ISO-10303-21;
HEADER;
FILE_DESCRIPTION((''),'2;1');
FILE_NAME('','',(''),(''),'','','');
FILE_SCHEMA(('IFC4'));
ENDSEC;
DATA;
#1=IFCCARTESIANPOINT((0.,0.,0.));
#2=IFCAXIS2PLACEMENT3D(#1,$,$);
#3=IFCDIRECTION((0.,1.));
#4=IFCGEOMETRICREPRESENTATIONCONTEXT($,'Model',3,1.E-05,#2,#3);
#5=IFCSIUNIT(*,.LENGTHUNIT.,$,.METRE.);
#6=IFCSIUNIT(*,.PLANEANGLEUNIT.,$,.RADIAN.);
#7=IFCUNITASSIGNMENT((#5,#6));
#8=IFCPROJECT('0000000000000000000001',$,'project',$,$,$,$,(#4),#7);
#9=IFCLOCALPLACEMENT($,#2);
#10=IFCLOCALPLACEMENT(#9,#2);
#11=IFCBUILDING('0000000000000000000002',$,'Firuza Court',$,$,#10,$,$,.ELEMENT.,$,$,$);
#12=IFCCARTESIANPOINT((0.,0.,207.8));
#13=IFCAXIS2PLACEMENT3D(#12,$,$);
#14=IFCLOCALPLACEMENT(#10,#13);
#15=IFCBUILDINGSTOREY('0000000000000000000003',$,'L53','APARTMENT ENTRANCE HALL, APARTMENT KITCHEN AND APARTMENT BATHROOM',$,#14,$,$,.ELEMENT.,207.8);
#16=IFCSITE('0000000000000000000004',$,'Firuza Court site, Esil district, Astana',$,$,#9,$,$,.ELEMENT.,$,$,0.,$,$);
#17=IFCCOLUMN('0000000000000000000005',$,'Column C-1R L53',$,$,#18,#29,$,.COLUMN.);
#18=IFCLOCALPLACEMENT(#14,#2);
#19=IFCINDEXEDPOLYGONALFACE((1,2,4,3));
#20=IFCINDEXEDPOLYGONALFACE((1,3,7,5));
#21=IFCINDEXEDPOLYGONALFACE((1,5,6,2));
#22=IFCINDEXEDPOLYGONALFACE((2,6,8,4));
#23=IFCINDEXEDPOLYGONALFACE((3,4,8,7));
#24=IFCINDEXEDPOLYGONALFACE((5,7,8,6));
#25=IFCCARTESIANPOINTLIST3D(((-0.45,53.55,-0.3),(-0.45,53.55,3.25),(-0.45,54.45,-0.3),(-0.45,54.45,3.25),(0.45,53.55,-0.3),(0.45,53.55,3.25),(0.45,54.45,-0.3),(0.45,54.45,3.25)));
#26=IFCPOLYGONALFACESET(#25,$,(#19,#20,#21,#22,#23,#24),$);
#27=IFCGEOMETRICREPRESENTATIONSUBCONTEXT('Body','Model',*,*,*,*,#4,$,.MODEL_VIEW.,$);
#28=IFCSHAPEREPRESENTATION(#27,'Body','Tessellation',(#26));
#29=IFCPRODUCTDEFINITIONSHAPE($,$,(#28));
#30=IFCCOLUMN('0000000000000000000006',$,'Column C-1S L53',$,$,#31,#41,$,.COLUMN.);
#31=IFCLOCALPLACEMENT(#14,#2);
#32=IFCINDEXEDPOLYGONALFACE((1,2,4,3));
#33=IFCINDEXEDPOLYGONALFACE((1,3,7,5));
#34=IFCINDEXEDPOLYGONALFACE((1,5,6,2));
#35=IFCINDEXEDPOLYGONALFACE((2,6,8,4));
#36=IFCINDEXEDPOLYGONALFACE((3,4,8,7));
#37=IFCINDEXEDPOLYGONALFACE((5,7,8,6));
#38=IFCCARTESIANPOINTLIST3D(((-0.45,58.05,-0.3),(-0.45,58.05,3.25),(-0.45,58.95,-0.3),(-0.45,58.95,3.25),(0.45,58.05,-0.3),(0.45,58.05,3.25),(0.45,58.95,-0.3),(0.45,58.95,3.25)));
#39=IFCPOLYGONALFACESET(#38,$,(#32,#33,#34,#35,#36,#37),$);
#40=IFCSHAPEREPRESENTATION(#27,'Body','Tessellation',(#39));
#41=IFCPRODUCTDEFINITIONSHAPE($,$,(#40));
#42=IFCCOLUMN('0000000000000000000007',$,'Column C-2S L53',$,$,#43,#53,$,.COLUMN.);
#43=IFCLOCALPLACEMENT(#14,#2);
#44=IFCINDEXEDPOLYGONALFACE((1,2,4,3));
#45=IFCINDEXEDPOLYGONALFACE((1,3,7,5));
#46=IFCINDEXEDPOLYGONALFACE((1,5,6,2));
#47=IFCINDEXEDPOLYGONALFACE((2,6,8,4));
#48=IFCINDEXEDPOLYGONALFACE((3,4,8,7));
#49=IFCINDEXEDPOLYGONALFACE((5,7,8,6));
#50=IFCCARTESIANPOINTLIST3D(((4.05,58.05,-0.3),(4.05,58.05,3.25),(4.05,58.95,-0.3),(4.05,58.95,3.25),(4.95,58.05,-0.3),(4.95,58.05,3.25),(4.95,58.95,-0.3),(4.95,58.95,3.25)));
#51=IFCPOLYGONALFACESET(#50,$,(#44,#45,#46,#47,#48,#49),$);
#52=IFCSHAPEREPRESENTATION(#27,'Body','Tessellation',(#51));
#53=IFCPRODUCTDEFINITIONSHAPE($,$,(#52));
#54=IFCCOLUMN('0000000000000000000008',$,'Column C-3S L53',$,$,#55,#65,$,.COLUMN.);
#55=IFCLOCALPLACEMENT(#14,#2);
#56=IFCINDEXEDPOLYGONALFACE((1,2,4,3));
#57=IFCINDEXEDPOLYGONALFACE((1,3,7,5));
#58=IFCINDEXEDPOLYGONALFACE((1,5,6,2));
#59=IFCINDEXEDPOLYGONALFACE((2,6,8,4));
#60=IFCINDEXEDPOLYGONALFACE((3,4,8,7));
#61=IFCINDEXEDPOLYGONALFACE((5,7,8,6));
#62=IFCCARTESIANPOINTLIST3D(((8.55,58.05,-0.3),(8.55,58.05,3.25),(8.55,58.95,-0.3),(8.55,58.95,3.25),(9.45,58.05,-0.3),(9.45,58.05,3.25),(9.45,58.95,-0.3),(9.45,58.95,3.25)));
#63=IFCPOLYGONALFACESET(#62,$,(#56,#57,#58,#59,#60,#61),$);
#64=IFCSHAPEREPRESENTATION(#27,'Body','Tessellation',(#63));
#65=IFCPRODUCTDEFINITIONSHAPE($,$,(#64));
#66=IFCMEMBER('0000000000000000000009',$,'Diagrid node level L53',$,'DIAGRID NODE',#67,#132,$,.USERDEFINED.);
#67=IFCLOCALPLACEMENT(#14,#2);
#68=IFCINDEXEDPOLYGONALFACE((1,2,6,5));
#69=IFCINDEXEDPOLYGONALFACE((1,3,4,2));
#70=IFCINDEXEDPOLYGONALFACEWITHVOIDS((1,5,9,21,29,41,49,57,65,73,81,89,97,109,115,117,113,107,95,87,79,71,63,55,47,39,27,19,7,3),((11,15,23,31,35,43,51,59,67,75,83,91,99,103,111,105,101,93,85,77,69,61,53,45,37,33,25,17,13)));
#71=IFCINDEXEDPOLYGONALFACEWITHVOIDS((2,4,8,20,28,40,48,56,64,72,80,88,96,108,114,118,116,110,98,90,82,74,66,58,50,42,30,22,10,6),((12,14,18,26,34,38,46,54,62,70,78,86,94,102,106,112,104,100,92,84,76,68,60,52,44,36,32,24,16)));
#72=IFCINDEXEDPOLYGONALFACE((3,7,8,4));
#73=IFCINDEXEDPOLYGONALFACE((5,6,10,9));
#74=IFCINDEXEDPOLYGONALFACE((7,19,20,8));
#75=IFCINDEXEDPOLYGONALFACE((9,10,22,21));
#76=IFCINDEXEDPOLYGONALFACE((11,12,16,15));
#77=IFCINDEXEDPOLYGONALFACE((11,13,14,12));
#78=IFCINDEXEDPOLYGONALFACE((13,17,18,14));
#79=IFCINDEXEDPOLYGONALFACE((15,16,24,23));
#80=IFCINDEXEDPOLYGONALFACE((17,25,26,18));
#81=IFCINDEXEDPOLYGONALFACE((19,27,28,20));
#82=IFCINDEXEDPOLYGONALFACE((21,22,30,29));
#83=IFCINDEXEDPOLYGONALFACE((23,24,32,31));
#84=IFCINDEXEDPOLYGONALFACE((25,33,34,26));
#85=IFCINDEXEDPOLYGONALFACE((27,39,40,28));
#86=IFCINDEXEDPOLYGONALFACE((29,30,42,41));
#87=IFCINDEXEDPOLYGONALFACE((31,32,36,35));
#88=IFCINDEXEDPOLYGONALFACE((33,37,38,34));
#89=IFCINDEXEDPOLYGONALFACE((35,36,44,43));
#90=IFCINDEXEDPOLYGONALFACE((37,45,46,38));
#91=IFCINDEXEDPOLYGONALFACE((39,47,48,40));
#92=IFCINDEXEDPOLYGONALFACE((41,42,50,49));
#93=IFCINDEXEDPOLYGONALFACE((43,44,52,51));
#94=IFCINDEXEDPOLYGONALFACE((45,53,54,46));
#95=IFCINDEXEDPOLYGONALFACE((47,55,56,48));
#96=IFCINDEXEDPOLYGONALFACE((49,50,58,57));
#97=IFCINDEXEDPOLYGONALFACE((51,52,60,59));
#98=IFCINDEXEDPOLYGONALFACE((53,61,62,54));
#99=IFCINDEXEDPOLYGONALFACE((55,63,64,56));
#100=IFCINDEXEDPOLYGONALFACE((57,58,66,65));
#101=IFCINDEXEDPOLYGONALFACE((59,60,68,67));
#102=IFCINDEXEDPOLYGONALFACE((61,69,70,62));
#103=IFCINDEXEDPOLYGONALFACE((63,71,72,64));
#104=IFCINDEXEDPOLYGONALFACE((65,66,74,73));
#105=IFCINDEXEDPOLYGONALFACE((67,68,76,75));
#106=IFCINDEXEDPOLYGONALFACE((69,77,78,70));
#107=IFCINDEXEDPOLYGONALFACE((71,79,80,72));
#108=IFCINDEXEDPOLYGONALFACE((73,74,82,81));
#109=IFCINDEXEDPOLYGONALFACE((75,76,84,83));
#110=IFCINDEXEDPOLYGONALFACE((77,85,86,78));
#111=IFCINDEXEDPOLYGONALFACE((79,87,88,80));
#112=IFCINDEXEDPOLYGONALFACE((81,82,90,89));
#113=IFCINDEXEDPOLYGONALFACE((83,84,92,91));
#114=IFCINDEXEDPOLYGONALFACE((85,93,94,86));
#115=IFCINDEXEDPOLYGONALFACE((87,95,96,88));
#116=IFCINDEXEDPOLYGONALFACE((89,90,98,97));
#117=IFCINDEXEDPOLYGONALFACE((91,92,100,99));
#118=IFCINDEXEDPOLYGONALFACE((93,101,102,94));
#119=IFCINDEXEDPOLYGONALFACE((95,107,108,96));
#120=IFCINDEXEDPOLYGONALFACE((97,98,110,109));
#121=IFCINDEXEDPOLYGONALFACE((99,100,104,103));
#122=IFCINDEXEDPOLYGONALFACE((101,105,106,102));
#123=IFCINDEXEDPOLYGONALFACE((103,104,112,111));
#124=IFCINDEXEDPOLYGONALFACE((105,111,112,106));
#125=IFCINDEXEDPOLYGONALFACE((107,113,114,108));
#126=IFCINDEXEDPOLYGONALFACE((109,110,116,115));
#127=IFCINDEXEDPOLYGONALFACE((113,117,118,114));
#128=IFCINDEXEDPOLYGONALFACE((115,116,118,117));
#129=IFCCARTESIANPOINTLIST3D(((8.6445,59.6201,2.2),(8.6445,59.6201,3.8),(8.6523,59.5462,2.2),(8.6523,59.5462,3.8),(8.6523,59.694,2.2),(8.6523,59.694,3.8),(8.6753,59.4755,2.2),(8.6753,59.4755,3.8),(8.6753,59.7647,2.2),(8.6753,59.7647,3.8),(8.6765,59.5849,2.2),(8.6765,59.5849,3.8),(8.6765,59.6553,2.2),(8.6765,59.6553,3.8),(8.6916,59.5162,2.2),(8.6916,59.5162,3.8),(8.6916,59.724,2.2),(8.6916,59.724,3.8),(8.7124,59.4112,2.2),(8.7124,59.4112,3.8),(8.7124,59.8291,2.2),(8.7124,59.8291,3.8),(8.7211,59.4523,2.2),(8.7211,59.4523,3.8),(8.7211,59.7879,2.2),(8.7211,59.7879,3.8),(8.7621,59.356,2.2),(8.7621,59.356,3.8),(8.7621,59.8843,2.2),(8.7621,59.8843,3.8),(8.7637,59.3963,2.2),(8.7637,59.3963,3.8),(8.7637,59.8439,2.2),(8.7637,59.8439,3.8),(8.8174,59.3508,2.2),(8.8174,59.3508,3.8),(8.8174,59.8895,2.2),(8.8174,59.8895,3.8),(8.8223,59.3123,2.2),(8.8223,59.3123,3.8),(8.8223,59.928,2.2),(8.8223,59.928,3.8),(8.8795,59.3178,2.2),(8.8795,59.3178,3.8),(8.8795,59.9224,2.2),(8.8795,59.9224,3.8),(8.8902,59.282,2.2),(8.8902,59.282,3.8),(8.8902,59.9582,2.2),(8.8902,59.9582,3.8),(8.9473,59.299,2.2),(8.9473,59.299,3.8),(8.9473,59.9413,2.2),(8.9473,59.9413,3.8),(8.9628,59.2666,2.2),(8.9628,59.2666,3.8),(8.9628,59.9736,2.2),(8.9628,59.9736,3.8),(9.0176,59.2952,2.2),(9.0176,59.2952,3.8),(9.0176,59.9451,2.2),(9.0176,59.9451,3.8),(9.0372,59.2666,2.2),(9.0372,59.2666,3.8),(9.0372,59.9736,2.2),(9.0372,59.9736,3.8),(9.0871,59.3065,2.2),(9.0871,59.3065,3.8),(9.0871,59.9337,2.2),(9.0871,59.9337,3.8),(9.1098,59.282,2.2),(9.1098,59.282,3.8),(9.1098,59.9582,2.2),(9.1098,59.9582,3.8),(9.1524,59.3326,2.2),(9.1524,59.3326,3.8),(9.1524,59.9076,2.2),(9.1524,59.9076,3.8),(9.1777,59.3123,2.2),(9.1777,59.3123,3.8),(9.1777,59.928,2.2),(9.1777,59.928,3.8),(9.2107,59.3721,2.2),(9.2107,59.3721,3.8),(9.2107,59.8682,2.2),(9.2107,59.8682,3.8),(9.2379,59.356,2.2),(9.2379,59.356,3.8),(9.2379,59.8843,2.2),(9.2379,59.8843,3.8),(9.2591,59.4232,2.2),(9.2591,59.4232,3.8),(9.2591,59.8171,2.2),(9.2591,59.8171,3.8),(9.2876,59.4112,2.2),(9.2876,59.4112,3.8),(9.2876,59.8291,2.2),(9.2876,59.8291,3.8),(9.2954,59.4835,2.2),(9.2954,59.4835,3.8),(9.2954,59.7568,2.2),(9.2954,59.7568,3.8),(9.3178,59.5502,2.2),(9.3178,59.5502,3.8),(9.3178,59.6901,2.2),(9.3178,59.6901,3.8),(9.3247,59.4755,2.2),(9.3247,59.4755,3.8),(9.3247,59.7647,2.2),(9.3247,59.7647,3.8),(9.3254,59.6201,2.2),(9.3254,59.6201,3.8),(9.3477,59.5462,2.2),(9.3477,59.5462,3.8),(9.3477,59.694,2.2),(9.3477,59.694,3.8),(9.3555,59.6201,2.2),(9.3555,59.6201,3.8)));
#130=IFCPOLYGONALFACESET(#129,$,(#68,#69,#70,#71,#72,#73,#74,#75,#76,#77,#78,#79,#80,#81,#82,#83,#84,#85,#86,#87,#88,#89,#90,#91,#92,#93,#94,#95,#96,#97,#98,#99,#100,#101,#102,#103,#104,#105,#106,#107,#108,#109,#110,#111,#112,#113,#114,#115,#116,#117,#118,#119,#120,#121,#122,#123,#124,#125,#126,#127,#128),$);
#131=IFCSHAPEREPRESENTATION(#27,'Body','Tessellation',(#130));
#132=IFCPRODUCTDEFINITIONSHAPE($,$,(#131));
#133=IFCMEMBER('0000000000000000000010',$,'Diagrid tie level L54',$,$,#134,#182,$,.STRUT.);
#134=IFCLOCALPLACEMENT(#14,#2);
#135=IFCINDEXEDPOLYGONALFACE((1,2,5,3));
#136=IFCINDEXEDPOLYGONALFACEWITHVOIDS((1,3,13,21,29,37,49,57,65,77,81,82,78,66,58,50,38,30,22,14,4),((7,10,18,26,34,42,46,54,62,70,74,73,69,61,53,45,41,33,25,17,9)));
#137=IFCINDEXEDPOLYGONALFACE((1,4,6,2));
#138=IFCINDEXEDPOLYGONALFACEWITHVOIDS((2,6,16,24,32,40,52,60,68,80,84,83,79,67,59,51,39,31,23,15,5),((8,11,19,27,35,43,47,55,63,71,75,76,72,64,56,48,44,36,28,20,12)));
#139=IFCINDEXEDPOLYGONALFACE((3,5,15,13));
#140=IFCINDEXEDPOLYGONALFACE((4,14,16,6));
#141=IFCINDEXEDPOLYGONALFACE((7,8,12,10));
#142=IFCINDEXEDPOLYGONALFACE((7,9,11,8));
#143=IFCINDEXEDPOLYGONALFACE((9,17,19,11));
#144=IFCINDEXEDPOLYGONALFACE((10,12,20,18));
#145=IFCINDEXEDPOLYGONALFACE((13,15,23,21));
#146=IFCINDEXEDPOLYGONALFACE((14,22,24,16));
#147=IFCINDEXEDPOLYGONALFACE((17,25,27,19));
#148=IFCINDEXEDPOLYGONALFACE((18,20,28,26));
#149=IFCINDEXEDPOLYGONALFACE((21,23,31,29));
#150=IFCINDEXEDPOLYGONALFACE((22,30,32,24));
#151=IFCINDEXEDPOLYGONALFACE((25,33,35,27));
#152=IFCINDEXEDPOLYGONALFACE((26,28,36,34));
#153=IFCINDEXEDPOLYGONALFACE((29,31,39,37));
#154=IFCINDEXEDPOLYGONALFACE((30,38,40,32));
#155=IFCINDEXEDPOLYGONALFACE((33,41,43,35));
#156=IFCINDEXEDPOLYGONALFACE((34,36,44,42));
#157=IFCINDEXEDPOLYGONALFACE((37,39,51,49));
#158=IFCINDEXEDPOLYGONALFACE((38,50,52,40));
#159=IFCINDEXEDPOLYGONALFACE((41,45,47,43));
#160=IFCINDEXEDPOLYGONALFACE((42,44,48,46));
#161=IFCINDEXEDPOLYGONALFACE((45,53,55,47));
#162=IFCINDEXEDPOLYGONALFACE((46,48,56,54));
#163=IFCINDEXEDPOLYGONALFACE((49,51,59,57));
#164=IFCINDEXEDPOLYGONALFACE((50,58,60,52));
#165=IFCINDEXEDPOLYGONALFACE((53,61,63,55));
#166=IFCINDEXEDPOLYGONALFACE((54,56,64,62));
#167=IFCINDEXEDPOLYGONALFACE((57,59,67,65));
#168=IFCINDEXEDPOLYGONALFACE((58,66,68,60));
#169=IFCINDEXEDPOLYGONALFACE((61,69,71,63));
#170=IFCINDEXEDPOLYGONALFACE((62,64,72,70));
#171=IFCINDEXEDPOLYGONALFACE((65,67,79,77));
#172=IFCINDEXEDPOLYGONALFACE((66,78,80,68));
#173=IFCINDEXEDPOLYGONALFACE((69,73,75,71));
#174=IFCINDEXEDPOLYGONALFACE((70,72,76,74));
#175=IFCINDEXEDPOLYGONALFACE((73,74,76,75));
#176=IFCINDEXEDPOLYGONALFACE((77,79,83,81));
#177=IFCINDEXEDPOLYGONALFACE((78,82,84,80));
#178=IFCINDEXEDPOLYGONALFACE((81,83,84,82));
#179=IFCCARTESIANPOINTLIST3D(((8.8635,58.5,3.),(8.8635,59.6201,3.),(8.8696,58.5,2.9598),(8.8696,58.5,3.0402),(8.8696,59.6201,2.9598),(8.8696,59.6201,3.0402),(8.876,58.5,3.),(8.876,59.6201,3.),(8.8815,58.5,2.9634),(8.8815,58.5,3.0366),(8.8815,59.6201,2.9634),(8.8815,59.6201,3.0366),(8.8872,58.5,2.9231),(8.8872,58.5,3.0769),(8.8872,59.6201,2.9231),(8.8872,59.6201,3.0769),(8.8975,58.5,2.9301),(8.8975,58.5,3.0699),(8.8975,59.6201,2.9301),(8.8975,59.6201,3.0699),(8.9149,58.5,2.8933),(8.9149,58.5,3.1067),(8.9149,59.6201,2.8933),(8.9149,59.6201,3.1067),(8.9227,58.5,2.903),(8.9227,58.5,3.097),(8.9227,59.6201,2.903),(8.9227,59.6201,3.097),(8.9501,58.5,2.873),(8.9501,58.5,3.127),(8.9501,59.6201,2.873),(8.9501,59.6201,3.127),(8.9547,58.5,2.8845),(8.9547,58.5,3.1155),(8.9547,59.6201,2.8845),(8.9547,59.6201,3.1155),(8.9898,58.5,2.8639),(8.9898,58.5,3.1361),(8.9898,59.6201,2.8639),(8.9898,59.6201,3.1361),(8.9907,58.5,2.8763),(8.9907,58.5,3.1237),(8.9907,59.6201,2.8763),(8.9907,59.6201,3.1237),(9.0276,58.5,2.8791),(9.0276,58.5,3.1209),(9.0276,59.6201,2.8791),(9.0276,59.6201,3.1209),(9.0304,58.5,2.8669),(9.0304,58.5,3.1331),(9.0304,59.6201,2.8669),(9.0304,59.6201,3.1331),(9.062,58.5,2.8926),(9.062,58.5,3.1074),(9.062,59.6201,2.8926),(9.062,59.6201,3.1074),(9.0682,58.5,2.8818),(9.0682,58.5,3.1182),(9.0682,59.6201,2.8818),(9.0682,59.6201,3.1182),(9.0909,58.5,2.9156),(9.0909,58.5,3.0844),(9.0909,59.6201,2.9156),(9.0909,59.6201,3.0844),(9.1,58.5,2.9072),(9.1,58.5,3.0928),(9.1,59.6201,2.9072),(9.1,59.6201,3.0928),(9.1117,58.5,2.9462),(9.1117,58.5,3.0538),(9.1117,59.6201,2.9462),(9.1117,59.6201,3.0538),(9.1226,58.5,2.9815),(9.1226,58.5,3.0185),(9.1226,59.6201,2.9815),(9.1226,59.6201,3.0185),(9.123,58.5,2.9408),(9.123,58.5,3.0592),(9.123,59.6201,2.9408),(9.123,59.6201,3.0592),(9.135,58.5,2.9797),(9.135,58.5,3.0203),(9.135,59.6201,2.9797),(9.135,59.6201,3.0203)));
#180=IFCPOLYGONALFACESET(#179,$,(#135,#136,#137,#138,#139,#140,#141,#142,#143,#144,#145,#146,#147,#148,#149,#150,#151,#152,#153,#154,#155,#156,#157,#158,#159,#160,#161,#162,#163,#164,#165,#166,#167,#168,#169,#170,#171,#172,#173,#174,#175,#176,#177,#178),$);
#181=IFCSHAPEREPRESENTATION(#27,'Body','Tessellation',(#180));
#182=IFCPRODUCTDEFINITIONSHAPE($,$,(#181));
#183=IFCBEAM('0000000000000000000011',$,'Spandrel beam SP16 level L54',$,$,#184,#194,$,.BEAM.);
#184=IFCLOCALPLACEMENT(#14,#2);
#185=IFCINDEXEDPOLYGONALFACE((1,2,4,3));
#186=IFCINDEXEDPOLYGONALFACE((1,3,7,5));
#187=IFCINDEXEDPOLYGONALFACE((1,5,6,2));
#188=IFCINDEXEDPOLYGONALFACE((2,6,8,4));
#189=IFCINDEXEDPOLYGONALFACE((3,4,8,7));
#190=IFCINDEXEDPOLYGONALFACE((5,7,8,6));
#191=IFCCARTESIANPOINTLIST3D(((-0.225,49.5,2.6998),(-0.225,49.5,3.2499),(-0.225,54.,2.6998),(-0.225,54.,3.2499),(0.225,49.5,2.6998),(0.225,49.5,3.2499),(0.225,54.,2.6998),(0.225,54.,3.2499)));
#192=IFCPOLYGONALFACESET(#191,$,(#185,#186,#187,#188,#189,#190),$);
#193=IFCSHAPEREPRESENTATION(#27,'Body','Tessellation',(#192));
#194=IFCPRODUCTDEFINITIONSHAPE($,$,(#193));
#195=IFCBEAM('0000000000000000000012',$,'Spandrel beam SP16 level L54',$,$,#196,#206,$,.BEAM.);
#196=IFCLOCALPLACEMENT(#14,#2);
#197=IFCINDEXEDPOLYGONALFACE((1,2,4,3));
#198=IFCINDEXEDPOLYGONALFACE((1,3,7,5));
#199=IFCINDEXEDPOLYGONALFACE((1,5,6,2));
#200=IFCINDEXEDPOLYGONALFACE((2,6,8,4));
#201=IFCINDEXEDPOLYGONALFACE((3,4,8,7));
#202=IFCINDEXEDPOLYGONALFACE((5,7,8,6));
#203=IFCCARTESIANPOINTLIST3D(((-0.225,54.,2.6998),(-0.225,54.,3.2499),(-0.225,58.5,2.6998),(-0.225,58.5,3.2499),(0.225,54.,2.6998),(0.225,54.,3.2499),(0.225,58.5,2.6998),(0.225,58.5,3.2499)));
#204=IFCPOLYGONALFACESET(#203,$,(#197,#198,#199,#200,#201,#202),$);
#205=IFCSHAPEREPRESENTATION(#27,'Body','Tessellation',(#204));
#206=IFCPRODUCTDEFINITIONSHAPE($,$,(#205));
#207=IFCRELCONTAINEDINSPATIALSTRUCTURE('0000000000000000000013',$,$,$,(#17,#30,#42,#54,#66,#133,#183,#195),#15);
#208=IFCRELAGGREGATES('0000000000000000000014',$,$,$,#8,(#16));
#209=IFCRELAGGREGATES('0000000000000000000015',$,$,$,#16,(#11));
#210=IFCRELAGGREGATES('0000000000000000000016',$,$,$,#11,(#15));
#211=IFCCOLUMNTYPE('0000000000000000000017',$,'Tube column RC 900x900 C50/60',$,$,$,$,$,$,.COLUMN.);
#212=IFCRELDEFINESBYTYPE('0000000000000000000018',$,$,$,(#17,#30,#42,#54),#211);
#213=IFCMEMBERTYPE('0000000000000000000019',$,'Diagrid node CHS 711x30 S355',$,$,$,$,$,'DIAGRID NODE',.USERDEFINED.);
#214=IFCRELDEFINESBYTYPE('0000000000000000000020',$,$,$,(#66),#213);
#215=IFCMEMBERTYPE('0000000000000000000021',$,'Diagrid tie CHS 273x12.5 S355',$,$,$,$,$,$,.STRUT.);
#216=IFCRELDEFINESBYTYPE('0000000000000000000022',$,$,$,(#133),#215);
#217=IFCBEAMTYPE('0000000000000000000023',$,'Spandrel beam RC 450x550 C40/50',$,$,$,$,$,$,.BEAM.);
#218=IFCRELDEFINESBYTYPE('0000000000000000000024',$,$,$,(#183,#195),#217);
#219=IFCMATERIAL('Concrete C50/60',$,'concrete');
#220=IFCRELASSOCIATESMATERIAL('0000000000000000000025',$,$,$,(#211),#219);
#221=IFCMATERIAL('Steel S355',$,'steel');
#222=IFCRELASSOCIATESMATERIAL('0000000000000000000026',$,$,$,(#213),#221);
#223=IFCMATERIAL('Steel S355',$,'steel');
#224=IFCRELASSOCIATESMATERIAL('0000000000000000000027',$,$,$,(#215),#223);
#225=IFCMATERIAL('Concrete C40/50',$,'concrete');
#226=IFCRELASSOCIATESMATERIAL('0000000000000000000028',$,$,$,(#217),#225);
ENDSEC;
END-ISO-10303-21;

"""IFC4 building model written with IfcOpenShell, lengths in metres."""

from ifc_helpers import new_model, si_unit, direction, frame, origin, origin_2d, place, context, subcontext, project, spatial, rectangle, hollow_circle, extrude, material, material_profile, profile_set, type_object, element, save


model = new_model("IFC4")

# Units and contexts
model_context = context("Model", 3, precision=1e-05, world=origin(), true_north=direction((0.0, 1.0)))
body_context = subcontext(model_context, "Body", "Model", "MODEL_VIEW")
ifc_project = project(units=[si_unit("LENGTHUNIT", "METRE"), si_unit("PLANEANGLEUNIT", "RADIAN")], contexts=[model_context])

# Site, building, storey
site_placement = place(None, origin())
site = spatial("IfcSite", under=ifc_project, at=site_placement, Name="Firuza Court site, Esil district, Astana", CompositionType="ELEMENT", RefElevation=0.0)
building_placement = place(site_placement, origin())
building = spatial("IfcBuilding", under=site, at=building_placement, Name="Firuza Court", CompositionType="ELEMENT")
storey_placement = place(building_placement, frame((0.0, 0.0, 207.8)))
storey = spatial("IfcBuildingStorey", under=building, at=storey_placement, Name="L53", Description="APARTMENT ENTRANCE HALL, APARTMENT KITCHEN AND APARTMENT BATHROOM", CompositionType="ELEMENT", Elevation=207.8)

# Columns
ifc_material_1 = material(Name="Concrete C50/60", Category="concrete")
ifc_material_profile_1 = material_profile(ifc_material_1, rectangle(XDim=0.8999, YDim=0.8999, at=origin_2d()), Name="RC 900x900")
ifc_profile_set_1 = profile_set([ifc_material_profile_1], Name="Concrete C50/60")
column_type = type_object("IfcColumnType", Name="Tube column RC 900x900 C50/60", PredefinedType="COLUMN", material=ifc_profile_set_1)
for number, where, z_axis, x_axis, name in (
    (1, (0.0, 54.0, -0.3), (0.0, 0.0, 1.0), (1.0, 0.0, 0.0), "Column C-1R L53"),
    (2, (0.0, 58.5, -0.3), (0.0, 0.0, 1.0), (1.0, 0.0, 0.0), "Column C-1S L53"),
    (3, (4.5, 58.5, -0.3), (0.0, 0.0, 1.0), (1.0, 0.0, 0.0), "Column C-2S L53"),
    (4, (9.0, 58.5, -0.3), (0.0, 0.0, 1.0), (1.0, 0.0, 0.0), "Column C-3S L53"),
):
    element("IfcColumn", number, at=place(storey_placement, frame(where, z_axis=z_axis, x_axis=x_axis)), inside=storey, type_object=column_type, Name=name, PredefinedType="COLUMN", context=body_context, shape_type="SweptSolid", body=[
        extrude(rectangle(XDim=0.8999, YDim=0.8999, at=origin_2d()), origin(), (0.0, 0.0, 1.0), 3.55),
    ])

# Members
ifc_material_2 = material(Name="Steel S355", Category="steel")
ifc_material_profile_2 = material_profile(ifc_material_2, hollow_circle(Radius=0.3555, WallThickness=0.03, at=origin_2d()), Name="CHS 711x30")
ifc_profile_set_2 = profile_set([ifc_material_profile_2], Name="Steel S355")
member_type_1 = type_object("IfcMemberType", Name="Diagrid node CHS 711x30 S355", ElementType="DIAGRID NODE", PredefinedType="USERDEFINED", material=ifc_profile_set_2)
member_1_placement = place(storey_placement, frame((9.0, 59.6201, 2.2), z_axis=(0.0, 0.0, 1.0), x_axis=(1.0, 0.0, 0.0)))
element("IfcMember", 5, at=member_1_placement, inside=storey, type_object=member_type_1, Name="Diagrid node level L53", ObjectType="DIAGRID NODE", PredefinedType="USERDEFINED", context=body_context, shape_type="SweptSolid", body=[
    extrude(hollow_circle(Radius=0.3555, WallThickness=0.03, at=origin_2d()), origin(), (0.0, 0.0, 1.0), 1.6001),
])
ifc_material_3 = material(Name="Steel S355", Category="steel")
ifc_material_profile_3 = material_profile(ifc_material_3, hollow_circle(Radius=0.1365, WallThickness=0.0125, at=origin_2d()), Name="CHS 273x12.5")
ifc_profile_set_3 = profile_set([ifc_material_profile_3], Name="Steel S355")
member_type_2 = type_object("IfcMemberType", Name="Diagrid tie CHS 273x12.5 S355", PredefinedType="STRUT", material=ifc_profile_set_3)
member_2_placement = place(storey_placement, frame((9.0, 58.5, 3.0), z_axis=(0.0, 1.0, 0.0), x_axis=(-1.0, 0.0, 0.0)))
element("IfcMember", 6, at=member_2_placement, inside=storey, type_object=member_type_2, Name="Diagrid tie level L54", PredefinedType="STRUT", context=body_context, shape_type="SweptSolid", body=[
    extrude(hollow_circle(Radius=0.1365, WallThickness=0.0125, at=origin_2d()), origin(), (0.0, 0.0, 1.0), 1.1201),
])

# Beams
ifc_material_4 = material(Name="Concrete C40/50", Category="concrete")
ifc_material_profile_4 = material_profile(ifc_material_4, rectangle(XDim=0.45, YDim=0.55, at=origin_2d()), Name="RC 450x550")
ifc_profile_set_4 = profile_set([ifc_material_profile_4], Name="Concrete C40/50")
beam_type = type_object("IfcBeamType", Name="Spandrel beam RC 450x550 C40/50", PredefinedType="BEAM", material=ifc_profile_set_4)
for number, where, z_axis, x_axis, name in (
    (7, (0.0, 54.0, 2.9749), (0.0, -1.0, 0.0), (1.0, 0.0, 0.0), "Spandrel beam SP16 level L54"),
    (8, (0.0, 58.5, 2.9749), (0.0, -1.0, 0.0), (1.0, 0.0, 0.0), "Spandrel beam SP16 level L54"),
):
    element("IfcBeam", number, at=place(storey_placement, frame(where, z_axis=z_axis, x_axis=x_axis)), inside=storey, type_object=beam_type, Name=name, PredefinedType="BEAM", context=body_context, shape_type="SweptSolid", body=[
        extrude(rectangle(XDim=0.45, YDim=0.55, at=origin_2d()), origin(), (0.0, 0.0, 1.0), 4.5),
    ])

save(model, "model.ifc")
